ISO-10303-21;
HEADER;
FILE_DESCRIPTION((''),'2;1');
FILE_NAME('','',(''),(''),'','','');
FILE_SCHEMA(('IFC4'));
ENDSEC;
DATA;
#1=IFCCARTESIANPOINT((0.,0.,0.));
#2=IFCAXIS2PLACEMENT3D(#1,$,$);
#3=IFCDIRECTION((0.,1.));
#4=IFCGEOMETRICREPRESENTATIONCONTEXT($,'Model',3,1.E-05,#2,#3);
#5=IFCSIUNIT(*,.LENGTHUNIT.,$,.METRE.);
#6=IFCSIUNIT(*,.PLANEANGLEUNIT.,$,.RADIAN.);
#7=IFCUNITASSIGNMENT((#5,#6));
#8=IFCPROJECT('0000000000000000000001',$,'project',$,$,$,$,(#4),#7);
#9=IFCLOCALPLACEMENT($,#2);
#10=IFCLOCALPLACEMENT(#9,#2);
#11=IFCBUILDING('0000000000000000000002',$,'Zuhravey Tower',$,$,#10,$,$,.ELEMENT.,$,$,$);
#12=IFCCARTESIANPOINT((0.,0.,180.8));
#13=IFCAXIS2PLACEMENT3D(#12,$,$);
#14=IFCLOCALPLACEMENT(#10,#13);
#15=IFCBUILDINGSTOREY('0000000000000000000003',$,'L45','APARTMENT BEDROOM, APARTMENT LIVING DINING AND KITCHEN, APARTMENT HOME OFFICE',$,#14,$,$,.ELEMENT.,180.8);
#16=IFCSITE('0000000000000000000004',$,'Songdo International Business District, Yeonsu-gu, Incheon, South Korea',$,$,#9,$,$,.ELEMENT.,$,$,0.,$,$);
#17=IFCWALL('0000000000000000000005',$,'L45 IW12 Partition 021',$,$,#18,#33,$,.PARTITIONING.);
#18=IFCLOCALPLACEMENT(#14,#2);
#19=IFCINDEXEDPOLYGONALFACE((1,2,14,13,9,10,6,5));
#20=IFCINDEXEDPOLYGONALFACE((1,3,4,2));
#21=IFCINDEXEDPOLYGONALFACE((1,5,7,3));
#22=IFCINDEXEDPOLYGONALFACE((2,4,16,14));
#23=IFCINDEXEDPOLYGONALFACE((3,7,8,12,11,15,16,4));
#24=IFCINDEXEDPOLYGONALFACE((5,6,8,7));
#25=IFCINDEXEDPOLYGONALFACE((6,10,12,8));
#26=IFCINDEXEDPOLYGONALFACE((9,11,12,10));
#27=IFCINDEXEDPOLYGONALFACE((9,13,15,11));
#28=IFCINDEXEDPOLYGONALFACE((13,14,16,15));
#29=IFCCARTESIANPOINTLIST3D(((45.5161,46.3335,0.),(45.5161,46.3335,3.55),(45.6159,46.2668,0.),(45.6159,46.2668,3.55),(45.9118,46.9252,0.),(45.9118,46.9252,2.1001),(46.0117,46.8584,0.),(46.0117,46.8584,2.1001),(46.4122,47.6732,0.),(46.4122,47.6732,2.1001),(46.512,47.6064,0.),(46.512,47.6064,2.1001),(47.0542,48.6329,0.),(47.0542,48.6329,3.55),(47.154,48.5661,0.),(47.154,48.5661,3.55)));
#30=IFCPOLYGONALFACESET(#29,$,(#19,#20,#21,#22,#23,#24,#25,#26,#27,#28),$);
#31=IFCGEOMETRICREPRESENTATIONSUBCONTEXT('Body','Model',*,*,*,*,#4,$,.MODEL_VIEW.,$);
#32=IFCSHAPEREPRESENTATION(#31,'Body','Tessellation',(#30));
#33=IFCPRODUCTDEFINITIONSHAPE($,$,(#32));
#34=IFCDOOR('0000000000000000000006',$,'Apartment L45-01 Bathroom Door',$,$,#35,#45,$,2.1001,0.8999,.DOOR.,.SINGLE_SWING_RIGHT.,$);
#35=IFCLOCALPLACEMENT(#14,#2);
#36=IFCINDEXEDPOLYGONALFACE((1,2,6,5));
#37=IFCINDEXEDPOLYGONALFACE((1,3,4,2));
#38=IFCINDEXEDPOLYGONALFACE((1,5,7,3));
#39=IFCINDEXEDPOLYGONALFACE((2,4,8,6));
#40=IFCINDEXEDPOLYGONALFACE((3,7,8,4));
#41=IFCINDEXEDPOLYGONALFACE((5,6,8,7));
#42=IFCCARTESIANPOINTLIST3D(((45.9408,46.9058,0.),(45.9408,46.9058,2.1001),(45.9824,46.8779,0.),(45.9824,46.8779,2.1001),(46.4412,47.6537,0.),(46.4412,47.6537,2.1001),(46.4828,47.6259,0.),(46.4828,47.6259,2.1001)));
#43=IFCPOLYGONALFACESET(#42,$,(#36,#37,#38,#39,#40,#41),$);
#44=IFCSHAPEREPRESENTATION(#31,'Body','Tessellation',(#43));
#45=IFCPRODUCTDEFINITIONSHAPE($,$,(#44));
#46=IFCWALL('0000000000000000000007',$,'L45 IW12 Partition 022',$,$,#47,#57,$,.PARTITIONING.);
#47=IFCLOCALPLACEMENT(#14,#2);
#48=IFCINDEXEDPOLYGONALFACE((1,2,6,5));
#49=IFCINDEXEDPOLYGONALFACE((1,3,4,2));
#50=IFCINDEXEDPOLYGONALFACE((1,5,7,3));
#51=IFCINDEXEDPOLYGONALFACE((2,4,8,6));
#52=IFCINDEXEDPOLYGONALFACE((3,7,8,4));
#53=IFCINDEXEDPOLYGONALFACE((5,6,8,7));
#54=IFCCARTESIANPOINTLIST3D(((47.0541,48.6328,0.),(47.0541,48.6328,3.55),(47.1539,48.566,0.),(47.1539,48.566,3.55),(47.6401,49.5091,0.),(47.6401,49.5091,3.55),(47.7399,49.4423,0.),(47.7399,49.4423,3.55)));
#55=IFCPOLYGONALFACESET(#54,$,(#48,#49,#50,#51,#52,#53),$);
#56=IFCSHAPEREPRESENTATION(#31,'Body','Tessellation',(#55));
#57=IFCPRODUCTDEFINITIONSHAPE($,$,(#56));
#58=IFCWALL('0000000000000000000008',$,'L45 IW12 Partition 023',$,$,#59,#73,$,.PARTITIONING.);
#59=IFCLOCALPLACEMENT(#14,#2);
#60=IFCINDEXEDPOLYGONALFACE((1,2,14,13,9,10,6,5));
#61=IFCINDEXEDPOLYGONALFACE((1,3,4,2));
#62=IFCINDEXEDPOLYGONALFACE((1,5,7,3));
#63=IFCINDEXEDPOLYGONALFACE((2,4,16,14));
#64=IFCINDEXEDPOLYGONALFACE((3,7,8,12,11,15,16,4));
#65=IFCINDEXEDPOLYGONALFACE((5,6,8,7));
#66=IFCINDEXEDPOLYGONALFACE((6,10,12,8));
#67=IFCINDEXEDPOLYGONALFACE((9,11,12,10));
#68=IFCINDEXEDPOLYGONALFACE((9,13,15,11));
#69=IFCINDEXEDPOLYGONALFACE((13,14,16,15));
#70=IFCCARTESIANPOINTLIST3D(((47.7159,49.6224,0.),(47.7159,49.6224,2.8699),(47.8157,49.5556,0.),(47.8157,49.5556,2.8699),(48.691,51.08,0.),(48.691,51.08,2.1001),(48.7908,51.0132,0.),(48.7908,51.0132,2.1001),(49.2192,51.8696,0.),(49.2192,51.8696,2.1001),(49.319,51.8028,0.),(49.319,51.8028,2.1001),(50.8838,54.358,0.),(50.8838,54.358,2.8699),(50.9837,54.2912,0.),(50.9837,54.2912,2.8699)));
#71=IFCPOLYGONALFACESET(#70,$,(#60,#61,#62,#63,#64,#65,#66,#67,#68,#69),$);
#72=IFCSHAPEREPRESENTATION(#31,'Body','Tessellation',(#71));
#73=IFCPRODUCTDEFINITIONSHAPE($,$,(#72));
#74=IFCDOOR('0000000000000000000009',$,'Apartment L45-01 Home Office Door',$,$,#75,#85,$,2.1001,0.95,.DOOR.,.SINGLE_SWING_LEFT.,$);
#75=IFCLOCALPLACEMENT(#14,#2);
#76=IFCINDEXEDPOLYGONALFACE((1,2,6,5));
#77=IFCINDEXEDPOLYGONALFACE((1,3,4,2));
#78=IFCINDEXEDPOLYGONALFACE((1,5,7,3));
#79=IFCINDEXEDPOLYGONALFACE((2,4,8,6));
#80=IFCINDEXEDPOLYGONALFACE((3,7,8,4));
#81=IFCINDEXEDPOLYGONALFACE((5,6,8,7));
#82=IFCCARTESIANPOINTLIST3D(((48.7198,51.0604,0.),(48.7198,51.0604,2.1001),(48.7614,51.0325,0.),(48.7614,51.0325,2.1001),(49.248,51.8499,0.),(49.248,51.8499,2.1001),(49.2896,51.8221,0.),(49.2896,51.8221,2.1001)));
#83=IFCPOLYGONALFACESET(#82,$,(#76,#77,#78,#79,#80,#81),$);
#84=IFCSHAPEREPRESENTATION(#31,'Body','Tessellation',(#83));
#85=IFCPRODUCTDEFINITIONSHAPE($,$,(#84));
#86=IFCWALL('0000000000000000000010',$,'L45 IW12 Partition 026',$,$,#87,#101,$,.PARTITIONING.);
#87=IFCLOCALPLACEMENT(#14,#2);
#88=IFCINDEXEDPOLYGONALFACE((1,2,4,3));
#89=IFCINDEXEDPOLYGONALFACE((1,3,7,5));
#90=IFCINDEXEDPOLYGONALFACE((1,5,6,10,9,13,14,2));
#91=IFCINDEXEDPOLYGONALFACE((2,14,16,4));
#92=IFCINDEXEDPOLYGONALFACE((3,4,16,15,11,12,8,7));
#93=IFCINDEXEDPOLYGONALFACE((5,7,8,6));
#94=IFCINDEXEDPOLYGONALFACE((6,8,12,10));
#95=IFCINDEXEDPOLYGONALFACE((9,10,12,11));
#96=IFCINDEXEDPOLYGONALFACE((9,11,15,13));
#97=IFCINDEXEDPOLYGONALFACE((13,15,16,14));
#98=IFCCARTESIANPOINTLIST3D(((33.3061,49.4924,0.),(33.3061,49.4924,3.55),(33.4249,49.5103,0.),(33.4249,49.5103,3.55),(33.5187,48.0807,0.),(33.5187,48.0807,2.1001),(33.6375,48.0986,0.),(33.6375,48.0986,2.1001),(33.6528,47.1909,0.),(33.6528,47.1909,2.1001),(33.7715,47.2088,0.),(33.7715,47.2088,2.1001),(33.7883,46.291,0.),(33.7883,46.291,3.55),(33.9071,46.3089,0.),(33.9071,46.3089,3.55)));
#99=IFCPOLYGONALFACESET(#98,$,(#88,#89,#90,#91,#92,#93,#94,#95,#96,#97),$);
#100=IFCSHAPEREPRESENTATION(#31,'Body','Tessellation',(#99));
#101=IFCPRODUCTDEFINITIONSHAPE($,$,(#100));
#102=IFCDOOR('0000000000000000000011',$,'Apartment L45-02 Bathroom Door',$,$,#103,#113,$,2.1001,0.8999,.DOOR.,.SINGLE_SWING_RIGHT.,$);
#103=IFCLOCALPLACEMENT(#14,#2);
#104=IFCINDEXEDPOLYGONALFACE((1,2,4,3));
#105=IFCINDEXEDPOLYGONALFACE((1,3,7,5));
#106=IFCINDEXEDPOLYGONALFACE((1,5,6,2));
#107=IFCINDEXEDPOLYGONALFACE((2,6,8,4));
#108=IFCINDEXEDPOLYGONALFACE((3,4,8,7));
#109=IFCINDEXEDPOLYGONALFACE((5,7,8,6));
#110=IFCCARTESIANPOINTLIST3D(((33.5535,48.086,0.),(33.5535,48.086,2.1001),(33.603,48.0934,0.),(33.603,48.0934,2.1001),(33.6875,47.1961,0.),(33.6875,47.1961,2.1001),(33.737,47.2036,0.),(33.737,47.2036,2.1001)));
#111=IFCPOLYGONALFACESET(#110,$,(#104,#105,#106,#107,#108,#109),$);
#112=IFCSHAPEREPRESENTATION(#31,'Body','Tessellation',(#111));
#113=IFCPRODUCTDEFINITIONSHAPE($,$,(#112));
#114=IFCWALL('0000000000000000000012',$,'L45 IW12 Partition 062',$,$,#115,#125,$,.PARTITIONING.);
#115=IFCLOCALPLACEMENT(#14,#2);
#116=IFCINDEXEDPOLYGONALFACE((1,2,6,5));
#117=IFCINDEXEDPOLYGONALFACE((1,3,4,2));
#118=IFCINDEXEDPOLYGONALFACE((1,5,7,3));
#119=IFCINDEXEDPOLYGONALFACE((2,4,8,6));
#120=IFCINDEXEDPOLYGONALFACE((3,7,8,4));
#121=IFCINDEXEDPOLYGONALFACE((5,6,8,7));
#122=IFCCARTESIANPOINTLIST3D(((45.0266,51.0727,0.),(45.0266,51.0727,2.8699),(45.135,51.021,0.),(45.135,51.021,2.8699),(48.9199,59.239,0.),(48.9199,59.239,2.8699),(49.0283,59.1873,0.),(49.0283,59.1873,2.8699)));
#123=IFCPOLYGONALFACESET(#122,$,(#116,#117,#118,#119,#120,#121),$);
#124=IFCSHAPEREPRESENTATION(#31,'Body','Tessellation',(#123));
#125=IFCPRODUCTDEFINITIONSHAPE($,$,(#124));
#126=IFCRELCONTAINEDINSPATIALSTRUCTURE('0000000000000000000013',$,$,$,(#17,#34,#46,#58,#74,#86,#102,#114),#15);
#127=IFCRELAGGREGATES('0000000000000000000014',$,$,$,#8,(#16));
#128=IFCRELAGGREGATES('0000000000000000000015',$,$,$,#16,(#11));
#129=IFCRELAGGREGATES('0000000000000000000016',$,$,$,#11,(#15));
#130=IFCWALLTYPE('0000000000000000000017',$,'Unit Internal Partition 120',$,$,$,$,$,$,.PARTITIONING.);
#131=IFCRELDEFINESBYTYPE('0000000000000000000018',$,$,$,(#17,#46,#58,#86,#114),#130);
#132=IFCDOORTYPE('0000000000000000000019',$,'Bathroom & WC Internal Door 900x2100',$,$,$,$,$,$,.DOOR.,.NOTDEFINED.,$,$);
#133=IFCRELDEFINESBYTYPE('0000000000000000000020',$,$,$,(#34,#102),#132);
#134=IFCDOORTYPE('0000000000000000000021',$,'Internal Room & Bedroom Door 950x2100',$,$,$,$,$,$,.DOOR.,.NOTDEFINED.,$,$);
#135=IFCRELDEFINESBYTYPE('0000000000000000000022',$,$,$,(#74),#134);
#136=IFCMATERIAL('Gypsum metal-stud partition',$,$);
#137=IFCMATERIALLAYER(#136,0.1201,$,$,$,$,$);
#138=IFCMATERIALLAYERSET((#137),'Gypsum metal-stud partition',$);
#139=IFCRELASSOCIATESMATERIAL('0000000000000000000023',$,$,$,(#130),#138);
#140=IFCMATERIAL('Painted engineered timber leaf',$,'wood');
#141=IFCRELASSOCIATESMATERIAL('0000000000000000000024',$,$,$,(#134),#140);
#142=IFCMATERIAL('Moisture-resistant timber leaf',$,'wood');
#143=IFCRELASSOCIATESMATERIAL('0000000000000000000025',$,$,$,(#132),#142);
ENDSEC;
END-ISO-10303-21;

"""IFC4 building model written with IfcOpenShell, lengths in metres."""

from ifc_helpers import new_model, si_unit, direction, frame, frame_2d, origin, place, context, subcontext, project, spatial, rectangle, extrude, material, layer, layer_set, type_object, element, fill, save


model = new_model("IFC4")

# Units and contexts
model_context = context("Model", 3, precision=1e-05, world=origin(), true_north=direction((0.0, 1.0)))
body_context = subcontext(model_context, "Body", "Model", "MODEL_VIEW")
ifc_project = project(units=[si_unit("LENGTHUNIT", "METRE"), si_unit("PLANEANGLEUNIT", "RADIAN")], contexts=[model_context])

# Site, building, storey
site_placement = place(None, origin())
site = spatial("IfcSite", under=ifc_project, at=site_placement, Name="Songdo International Business District, Yeonsu-gu, Incheon, South Korea", CompositionType="ELEMENT", RefElevation=0.0)
building_placement = place(site_placement, origin())
building = spatial("IfcBuilding", under=site, at=building_placement, Name="Zuhravey Tower", CompositionType="ELEMENT")
storey_placement = place(building_placement, frame((0.0, 0.0, 180.8)))
storey = spatial("IfcBuildingStorey", under=building, at=storey_placement, Name="L45", Description="APARTMENT BEDROOM, APARTMENT LIVING DINING AND KITCHEN, APARTMENT HOME OFFICE", CompositionType="ELEMENT", Elevation=180.8)

# Shared definitions
ifc_material_1 = material(Name="Gypsum metal-stud partition")
ifc_layer_1 = layer(ifc_material_1, 0.1201)
ifc_layer_set_1 = layer_set([ifc_layer_1], Name="Gypsum metal-stud partition")
wall_type_1 = type_object("IfcWallType", Name="Unit Internal Partition 120", PredefinedType="PARTITIONING", material=ifc_layer_set_1)
ifc_material_2 = material(Name="Painted engineered timber leaf", Category="wood")
door_type_1 = type_object("IfcDoorType", Name="Internal Room & Bedroom Door 950x2100", OperationType="NOTDEFINED", PredefinedType="DOOR", material=ifc_material_2)

# Wall, opening, door
wall_1_placement = place(storey_placement, frame((45.5659, 46.3, 0.0), z_axis=(0.0, 0.0, 1.0), x_axis=(0.556003, 0.83118, 0.0)))
wall_1 = element("IfcWall", 1, at=wall_1_placement, inside=storey, type_object=wall_type_1, Name="L45 IW12 Partition 021", PredefinedType="PARTITIONING", context=body_context, shape_type="SweptSolid", body=[
    extrude(rectangle(XDim=2.7664, YDim=0.1201, at=frame_2d((1.3833, 0.0))), origin(), (0.0, 0.0, 1.0), 3.55),
])
opening_1_placement = place(wall_1_placement, frame((0.7119, 0.0, 0.0)))
opening_1 = element("IfcOpeningElement", 2, at=opening_1_placement, cuts=wall_1, PredefinedType="OPENING", context=body_context, shape_type="SweptSolid", body=[
    extrude(rectangle(XDim=0.8999, YDim=2.1001, at=frame_2d((0.45, 1.05))), frame((0.0, 0.072, 0.0), z_axis=(0.0, -1.0, 0.0), x_axis=(1.0, 0.0, 0.0)), (0.0, 0.0, 1.0), 0.144),
])
ifc_material_3 = material(Name="Moisture-resistant timber leaf", Category="wood")
door_type_2 = type_object("IfcDoorType", Name="Bathroom & WC Internal Door 900x2100", OperationType="NOTDEFINED", PredefinedType="DOOR", material=ifc_material_3)
door_1_placement = place(opening_1_placement, frame((0.8999, 0.0, 0.0), z_axis=(0.0, 0.0, 1.0), x_axis=(-1.0, 0.0, 0.0)))
door_1 = element("IfcDoor", 3, at=door_1_placement, inside=storey, type_object=door_type_2, Name="Apartment L45-01 Bathroom Door", OperationType="SINGLE_SWING_RIGHT", OverallHeight=2.1001, OverallWidth=0.8999, PredefinedType="DOOR", context=body_context, shape_type="SweptSolid", body=[
    extrude(rectangle(XDim=0.8999, YDim=2.1001, at=frame_2d((0.45, 1.05))), frame((0.0, 0.0249, 0.0), z_axis=(0.0, -1.0, 0.0), x_axis=(1.0, 0.0, 0.0)), (0.0, 0.0, 1.0), 0.05),
])
fill(opening_1, door_1)

# Wall
wall_2_placement = place(storey_placement, frame((47.104, 48.5994, 0.0), z_axis=(0.0, 0.0, 1.0), x_axis=(0.555876, 0.831266, 0.0)))
element("IfcWall", 4, at=wall_2_placement, inside=storey, type_object=wall_type_1, Name="L45 IW12 Partition 022", PredefinedType="PARTITIONING", context=body_context, shape_type="SweptSolid", body=[
    extrude(rectangle(XDim=1.0542, YDim=0.1201, at=frame_2d((0.5271, 0.0))), origin(), (0.0, 0.0, 1.0), 3.55),
])

# Walls, openings, doors
wall_3_placement = place(storey_placement, frame((47.7659, 49.5891, 0.0), z_axis=(0.0, 0.0, 1.0), x_axis=(0.556025, 0.831166, 0.0)))
wall_3 = element("IfcWall", 5, at=wall_3_placement, inside=storey, type_object=wall_type_1, Name="L45 IW12 Partition 023", PredefinedType="PARTITIONING", context=body_context, shape_type="SweptSolid", body=[
    extrude(rectangle(XDim=5.6975, YDim=0.1201, at=frame_2d((2.8486, 0.0))), origin(), (0.0, 0.0, 1.0), 2.8699),
])
opening_2_placement = place(wall_3_placement, frame((1.7534, 0.0, 0.0)))
opening_2 = element("IfcOpeningElement", 6, at=opening_2_placement, cuts=wall_3, PredefinedType="OPENING", context=body_context, shape_type="SweptSolid", body=[
    extrude(rectangle(XDim=0.95, YDim=2.1001, at=frame_2d((0.4751, 1.05))), frame((0.0, 0.072, 0.0), z_axis=(0.0, -1.0, 0.0), x_axis=(1.0, 0.0, 0.0)), (0.0, 0.0, 1.0), 0.144),
])
door_2_placement = place(opening_2_placement, frame((0.95, 0.0, 0.0), z_axis=(0.0, 0.0, 1.0), x_axis=(-1.0, 0.0, 0.0)))
door_2 = element("IfcDoor", 7, at=door_2_placement, inside=storey, type_object=door_type_1, Name="Apartment L45-01 Home Office Door", OperationType="SINGLE_SWING_LEFT", OverallHeight=2.1001, OverallWidth=0.95, PredefinedType="DOOR", context=body_context, shape_type="SweptSolid", body=[
    extrude(rectangle(XDim=0.95, YDim=2.1001, at=frame_2d((0.4751, 1.05))), frame((0.0, 0.0249, 0.0), z_axis=(0.0, -1.0, 0.0), x_axis=(1.0, 0.0, 0.0)), (0.0, 0.0, 1.0), 0.05),
])
fill(opening_2, door_2)
wall_4_placement = place(storey_placement, frame((33.8477, 46.3, 0.0), z_axis=(0.0, 0.0, 1.0), x_axis=(-0.148934, 0.988847, 0.0)))
wall_4 = element("IfcWall", 8, at=wall_4_placement, inside=storey, type_object=wall_type_1, Name="L45 IW12 Partition 026", PredefinedType="PARTITIONING", context=body_context, shape_type="SweptSolid", body=[
    extrude(rectangle(XDim=3.2375, YDim=0.1201, at=frame_2d((1.6187, 0.0))), origin(), (0.0, 0.0, 1.0), 3.55),
])
opening_3_placement = place(wall_4_placement, frame((0.9099, 0.0, 0.0)))
opening_3 = element("IfcOpeningElement", 9, at=opening_3_placement, cuts=wall_4, PredefinedType="OPENING", context=body_context, shape_type="SweptSolid", body=[
    extrude(rectangle(XDim=0.8999, YDim=2.1001, at=frame_2d((0.45, 1.05))), frame((0.0, 0.072, 0.0), z_axis=(0.0, -1.0, 0.0), x_axis=(1.0, 0.0, 0.0)), (0.0, 0.0, 1.0), 0.144),
])
door_3_placement = place(opening_3_placement, origin())
door_3 = element("IfcDoor", 10, at=door_3_placement, inside=storey, type_object=door_type_2, Name="Apartment L45-02 Bathroom Door", OperationType="SINGLE_SWING_RIGHT", OverallHeight=2.1001, OverallWidth=0.8999, PredefinedType="DOOR", context=body_context, shape_type="SweptSolid", body=[
    extrude(rectangle(XDim=0.8999, YDim=2.1001, at=frame_2d((0.45, 1.05))), frame((0.0, 0.0249, 0.0), z_axis=(0.0, -1.0, 0.0), x_axis=(1.0, 0.0, 0.0)), (0.0, 0.0, 1.0), 0.05),
])
fill(opening_3, door_3)

# Wall
wall_5_placement = place(storey_placement, frame((45.0808, 51.0469, 0.0), z_axis=(0.0, 0.0, 1.0), x_axis=(0.430349, 0.902662, 0.0)))
element("IfcWall", 11, at=wall_5_placement, inside=storey, type_object=wall_type_1, Name="L45 IW12 Partition 062", PredefinedType="PARTITIONING", context=body_context, shape_type="SweptSolid", body=[
    extrude(rectangle(XDim=9.0469, YDim=0.1201, at=frame_2d((4.5234, 0.0))), origin(), (0.0, 0.0, 1.0), 2.8699),
])

save(model, "model.ifc")
